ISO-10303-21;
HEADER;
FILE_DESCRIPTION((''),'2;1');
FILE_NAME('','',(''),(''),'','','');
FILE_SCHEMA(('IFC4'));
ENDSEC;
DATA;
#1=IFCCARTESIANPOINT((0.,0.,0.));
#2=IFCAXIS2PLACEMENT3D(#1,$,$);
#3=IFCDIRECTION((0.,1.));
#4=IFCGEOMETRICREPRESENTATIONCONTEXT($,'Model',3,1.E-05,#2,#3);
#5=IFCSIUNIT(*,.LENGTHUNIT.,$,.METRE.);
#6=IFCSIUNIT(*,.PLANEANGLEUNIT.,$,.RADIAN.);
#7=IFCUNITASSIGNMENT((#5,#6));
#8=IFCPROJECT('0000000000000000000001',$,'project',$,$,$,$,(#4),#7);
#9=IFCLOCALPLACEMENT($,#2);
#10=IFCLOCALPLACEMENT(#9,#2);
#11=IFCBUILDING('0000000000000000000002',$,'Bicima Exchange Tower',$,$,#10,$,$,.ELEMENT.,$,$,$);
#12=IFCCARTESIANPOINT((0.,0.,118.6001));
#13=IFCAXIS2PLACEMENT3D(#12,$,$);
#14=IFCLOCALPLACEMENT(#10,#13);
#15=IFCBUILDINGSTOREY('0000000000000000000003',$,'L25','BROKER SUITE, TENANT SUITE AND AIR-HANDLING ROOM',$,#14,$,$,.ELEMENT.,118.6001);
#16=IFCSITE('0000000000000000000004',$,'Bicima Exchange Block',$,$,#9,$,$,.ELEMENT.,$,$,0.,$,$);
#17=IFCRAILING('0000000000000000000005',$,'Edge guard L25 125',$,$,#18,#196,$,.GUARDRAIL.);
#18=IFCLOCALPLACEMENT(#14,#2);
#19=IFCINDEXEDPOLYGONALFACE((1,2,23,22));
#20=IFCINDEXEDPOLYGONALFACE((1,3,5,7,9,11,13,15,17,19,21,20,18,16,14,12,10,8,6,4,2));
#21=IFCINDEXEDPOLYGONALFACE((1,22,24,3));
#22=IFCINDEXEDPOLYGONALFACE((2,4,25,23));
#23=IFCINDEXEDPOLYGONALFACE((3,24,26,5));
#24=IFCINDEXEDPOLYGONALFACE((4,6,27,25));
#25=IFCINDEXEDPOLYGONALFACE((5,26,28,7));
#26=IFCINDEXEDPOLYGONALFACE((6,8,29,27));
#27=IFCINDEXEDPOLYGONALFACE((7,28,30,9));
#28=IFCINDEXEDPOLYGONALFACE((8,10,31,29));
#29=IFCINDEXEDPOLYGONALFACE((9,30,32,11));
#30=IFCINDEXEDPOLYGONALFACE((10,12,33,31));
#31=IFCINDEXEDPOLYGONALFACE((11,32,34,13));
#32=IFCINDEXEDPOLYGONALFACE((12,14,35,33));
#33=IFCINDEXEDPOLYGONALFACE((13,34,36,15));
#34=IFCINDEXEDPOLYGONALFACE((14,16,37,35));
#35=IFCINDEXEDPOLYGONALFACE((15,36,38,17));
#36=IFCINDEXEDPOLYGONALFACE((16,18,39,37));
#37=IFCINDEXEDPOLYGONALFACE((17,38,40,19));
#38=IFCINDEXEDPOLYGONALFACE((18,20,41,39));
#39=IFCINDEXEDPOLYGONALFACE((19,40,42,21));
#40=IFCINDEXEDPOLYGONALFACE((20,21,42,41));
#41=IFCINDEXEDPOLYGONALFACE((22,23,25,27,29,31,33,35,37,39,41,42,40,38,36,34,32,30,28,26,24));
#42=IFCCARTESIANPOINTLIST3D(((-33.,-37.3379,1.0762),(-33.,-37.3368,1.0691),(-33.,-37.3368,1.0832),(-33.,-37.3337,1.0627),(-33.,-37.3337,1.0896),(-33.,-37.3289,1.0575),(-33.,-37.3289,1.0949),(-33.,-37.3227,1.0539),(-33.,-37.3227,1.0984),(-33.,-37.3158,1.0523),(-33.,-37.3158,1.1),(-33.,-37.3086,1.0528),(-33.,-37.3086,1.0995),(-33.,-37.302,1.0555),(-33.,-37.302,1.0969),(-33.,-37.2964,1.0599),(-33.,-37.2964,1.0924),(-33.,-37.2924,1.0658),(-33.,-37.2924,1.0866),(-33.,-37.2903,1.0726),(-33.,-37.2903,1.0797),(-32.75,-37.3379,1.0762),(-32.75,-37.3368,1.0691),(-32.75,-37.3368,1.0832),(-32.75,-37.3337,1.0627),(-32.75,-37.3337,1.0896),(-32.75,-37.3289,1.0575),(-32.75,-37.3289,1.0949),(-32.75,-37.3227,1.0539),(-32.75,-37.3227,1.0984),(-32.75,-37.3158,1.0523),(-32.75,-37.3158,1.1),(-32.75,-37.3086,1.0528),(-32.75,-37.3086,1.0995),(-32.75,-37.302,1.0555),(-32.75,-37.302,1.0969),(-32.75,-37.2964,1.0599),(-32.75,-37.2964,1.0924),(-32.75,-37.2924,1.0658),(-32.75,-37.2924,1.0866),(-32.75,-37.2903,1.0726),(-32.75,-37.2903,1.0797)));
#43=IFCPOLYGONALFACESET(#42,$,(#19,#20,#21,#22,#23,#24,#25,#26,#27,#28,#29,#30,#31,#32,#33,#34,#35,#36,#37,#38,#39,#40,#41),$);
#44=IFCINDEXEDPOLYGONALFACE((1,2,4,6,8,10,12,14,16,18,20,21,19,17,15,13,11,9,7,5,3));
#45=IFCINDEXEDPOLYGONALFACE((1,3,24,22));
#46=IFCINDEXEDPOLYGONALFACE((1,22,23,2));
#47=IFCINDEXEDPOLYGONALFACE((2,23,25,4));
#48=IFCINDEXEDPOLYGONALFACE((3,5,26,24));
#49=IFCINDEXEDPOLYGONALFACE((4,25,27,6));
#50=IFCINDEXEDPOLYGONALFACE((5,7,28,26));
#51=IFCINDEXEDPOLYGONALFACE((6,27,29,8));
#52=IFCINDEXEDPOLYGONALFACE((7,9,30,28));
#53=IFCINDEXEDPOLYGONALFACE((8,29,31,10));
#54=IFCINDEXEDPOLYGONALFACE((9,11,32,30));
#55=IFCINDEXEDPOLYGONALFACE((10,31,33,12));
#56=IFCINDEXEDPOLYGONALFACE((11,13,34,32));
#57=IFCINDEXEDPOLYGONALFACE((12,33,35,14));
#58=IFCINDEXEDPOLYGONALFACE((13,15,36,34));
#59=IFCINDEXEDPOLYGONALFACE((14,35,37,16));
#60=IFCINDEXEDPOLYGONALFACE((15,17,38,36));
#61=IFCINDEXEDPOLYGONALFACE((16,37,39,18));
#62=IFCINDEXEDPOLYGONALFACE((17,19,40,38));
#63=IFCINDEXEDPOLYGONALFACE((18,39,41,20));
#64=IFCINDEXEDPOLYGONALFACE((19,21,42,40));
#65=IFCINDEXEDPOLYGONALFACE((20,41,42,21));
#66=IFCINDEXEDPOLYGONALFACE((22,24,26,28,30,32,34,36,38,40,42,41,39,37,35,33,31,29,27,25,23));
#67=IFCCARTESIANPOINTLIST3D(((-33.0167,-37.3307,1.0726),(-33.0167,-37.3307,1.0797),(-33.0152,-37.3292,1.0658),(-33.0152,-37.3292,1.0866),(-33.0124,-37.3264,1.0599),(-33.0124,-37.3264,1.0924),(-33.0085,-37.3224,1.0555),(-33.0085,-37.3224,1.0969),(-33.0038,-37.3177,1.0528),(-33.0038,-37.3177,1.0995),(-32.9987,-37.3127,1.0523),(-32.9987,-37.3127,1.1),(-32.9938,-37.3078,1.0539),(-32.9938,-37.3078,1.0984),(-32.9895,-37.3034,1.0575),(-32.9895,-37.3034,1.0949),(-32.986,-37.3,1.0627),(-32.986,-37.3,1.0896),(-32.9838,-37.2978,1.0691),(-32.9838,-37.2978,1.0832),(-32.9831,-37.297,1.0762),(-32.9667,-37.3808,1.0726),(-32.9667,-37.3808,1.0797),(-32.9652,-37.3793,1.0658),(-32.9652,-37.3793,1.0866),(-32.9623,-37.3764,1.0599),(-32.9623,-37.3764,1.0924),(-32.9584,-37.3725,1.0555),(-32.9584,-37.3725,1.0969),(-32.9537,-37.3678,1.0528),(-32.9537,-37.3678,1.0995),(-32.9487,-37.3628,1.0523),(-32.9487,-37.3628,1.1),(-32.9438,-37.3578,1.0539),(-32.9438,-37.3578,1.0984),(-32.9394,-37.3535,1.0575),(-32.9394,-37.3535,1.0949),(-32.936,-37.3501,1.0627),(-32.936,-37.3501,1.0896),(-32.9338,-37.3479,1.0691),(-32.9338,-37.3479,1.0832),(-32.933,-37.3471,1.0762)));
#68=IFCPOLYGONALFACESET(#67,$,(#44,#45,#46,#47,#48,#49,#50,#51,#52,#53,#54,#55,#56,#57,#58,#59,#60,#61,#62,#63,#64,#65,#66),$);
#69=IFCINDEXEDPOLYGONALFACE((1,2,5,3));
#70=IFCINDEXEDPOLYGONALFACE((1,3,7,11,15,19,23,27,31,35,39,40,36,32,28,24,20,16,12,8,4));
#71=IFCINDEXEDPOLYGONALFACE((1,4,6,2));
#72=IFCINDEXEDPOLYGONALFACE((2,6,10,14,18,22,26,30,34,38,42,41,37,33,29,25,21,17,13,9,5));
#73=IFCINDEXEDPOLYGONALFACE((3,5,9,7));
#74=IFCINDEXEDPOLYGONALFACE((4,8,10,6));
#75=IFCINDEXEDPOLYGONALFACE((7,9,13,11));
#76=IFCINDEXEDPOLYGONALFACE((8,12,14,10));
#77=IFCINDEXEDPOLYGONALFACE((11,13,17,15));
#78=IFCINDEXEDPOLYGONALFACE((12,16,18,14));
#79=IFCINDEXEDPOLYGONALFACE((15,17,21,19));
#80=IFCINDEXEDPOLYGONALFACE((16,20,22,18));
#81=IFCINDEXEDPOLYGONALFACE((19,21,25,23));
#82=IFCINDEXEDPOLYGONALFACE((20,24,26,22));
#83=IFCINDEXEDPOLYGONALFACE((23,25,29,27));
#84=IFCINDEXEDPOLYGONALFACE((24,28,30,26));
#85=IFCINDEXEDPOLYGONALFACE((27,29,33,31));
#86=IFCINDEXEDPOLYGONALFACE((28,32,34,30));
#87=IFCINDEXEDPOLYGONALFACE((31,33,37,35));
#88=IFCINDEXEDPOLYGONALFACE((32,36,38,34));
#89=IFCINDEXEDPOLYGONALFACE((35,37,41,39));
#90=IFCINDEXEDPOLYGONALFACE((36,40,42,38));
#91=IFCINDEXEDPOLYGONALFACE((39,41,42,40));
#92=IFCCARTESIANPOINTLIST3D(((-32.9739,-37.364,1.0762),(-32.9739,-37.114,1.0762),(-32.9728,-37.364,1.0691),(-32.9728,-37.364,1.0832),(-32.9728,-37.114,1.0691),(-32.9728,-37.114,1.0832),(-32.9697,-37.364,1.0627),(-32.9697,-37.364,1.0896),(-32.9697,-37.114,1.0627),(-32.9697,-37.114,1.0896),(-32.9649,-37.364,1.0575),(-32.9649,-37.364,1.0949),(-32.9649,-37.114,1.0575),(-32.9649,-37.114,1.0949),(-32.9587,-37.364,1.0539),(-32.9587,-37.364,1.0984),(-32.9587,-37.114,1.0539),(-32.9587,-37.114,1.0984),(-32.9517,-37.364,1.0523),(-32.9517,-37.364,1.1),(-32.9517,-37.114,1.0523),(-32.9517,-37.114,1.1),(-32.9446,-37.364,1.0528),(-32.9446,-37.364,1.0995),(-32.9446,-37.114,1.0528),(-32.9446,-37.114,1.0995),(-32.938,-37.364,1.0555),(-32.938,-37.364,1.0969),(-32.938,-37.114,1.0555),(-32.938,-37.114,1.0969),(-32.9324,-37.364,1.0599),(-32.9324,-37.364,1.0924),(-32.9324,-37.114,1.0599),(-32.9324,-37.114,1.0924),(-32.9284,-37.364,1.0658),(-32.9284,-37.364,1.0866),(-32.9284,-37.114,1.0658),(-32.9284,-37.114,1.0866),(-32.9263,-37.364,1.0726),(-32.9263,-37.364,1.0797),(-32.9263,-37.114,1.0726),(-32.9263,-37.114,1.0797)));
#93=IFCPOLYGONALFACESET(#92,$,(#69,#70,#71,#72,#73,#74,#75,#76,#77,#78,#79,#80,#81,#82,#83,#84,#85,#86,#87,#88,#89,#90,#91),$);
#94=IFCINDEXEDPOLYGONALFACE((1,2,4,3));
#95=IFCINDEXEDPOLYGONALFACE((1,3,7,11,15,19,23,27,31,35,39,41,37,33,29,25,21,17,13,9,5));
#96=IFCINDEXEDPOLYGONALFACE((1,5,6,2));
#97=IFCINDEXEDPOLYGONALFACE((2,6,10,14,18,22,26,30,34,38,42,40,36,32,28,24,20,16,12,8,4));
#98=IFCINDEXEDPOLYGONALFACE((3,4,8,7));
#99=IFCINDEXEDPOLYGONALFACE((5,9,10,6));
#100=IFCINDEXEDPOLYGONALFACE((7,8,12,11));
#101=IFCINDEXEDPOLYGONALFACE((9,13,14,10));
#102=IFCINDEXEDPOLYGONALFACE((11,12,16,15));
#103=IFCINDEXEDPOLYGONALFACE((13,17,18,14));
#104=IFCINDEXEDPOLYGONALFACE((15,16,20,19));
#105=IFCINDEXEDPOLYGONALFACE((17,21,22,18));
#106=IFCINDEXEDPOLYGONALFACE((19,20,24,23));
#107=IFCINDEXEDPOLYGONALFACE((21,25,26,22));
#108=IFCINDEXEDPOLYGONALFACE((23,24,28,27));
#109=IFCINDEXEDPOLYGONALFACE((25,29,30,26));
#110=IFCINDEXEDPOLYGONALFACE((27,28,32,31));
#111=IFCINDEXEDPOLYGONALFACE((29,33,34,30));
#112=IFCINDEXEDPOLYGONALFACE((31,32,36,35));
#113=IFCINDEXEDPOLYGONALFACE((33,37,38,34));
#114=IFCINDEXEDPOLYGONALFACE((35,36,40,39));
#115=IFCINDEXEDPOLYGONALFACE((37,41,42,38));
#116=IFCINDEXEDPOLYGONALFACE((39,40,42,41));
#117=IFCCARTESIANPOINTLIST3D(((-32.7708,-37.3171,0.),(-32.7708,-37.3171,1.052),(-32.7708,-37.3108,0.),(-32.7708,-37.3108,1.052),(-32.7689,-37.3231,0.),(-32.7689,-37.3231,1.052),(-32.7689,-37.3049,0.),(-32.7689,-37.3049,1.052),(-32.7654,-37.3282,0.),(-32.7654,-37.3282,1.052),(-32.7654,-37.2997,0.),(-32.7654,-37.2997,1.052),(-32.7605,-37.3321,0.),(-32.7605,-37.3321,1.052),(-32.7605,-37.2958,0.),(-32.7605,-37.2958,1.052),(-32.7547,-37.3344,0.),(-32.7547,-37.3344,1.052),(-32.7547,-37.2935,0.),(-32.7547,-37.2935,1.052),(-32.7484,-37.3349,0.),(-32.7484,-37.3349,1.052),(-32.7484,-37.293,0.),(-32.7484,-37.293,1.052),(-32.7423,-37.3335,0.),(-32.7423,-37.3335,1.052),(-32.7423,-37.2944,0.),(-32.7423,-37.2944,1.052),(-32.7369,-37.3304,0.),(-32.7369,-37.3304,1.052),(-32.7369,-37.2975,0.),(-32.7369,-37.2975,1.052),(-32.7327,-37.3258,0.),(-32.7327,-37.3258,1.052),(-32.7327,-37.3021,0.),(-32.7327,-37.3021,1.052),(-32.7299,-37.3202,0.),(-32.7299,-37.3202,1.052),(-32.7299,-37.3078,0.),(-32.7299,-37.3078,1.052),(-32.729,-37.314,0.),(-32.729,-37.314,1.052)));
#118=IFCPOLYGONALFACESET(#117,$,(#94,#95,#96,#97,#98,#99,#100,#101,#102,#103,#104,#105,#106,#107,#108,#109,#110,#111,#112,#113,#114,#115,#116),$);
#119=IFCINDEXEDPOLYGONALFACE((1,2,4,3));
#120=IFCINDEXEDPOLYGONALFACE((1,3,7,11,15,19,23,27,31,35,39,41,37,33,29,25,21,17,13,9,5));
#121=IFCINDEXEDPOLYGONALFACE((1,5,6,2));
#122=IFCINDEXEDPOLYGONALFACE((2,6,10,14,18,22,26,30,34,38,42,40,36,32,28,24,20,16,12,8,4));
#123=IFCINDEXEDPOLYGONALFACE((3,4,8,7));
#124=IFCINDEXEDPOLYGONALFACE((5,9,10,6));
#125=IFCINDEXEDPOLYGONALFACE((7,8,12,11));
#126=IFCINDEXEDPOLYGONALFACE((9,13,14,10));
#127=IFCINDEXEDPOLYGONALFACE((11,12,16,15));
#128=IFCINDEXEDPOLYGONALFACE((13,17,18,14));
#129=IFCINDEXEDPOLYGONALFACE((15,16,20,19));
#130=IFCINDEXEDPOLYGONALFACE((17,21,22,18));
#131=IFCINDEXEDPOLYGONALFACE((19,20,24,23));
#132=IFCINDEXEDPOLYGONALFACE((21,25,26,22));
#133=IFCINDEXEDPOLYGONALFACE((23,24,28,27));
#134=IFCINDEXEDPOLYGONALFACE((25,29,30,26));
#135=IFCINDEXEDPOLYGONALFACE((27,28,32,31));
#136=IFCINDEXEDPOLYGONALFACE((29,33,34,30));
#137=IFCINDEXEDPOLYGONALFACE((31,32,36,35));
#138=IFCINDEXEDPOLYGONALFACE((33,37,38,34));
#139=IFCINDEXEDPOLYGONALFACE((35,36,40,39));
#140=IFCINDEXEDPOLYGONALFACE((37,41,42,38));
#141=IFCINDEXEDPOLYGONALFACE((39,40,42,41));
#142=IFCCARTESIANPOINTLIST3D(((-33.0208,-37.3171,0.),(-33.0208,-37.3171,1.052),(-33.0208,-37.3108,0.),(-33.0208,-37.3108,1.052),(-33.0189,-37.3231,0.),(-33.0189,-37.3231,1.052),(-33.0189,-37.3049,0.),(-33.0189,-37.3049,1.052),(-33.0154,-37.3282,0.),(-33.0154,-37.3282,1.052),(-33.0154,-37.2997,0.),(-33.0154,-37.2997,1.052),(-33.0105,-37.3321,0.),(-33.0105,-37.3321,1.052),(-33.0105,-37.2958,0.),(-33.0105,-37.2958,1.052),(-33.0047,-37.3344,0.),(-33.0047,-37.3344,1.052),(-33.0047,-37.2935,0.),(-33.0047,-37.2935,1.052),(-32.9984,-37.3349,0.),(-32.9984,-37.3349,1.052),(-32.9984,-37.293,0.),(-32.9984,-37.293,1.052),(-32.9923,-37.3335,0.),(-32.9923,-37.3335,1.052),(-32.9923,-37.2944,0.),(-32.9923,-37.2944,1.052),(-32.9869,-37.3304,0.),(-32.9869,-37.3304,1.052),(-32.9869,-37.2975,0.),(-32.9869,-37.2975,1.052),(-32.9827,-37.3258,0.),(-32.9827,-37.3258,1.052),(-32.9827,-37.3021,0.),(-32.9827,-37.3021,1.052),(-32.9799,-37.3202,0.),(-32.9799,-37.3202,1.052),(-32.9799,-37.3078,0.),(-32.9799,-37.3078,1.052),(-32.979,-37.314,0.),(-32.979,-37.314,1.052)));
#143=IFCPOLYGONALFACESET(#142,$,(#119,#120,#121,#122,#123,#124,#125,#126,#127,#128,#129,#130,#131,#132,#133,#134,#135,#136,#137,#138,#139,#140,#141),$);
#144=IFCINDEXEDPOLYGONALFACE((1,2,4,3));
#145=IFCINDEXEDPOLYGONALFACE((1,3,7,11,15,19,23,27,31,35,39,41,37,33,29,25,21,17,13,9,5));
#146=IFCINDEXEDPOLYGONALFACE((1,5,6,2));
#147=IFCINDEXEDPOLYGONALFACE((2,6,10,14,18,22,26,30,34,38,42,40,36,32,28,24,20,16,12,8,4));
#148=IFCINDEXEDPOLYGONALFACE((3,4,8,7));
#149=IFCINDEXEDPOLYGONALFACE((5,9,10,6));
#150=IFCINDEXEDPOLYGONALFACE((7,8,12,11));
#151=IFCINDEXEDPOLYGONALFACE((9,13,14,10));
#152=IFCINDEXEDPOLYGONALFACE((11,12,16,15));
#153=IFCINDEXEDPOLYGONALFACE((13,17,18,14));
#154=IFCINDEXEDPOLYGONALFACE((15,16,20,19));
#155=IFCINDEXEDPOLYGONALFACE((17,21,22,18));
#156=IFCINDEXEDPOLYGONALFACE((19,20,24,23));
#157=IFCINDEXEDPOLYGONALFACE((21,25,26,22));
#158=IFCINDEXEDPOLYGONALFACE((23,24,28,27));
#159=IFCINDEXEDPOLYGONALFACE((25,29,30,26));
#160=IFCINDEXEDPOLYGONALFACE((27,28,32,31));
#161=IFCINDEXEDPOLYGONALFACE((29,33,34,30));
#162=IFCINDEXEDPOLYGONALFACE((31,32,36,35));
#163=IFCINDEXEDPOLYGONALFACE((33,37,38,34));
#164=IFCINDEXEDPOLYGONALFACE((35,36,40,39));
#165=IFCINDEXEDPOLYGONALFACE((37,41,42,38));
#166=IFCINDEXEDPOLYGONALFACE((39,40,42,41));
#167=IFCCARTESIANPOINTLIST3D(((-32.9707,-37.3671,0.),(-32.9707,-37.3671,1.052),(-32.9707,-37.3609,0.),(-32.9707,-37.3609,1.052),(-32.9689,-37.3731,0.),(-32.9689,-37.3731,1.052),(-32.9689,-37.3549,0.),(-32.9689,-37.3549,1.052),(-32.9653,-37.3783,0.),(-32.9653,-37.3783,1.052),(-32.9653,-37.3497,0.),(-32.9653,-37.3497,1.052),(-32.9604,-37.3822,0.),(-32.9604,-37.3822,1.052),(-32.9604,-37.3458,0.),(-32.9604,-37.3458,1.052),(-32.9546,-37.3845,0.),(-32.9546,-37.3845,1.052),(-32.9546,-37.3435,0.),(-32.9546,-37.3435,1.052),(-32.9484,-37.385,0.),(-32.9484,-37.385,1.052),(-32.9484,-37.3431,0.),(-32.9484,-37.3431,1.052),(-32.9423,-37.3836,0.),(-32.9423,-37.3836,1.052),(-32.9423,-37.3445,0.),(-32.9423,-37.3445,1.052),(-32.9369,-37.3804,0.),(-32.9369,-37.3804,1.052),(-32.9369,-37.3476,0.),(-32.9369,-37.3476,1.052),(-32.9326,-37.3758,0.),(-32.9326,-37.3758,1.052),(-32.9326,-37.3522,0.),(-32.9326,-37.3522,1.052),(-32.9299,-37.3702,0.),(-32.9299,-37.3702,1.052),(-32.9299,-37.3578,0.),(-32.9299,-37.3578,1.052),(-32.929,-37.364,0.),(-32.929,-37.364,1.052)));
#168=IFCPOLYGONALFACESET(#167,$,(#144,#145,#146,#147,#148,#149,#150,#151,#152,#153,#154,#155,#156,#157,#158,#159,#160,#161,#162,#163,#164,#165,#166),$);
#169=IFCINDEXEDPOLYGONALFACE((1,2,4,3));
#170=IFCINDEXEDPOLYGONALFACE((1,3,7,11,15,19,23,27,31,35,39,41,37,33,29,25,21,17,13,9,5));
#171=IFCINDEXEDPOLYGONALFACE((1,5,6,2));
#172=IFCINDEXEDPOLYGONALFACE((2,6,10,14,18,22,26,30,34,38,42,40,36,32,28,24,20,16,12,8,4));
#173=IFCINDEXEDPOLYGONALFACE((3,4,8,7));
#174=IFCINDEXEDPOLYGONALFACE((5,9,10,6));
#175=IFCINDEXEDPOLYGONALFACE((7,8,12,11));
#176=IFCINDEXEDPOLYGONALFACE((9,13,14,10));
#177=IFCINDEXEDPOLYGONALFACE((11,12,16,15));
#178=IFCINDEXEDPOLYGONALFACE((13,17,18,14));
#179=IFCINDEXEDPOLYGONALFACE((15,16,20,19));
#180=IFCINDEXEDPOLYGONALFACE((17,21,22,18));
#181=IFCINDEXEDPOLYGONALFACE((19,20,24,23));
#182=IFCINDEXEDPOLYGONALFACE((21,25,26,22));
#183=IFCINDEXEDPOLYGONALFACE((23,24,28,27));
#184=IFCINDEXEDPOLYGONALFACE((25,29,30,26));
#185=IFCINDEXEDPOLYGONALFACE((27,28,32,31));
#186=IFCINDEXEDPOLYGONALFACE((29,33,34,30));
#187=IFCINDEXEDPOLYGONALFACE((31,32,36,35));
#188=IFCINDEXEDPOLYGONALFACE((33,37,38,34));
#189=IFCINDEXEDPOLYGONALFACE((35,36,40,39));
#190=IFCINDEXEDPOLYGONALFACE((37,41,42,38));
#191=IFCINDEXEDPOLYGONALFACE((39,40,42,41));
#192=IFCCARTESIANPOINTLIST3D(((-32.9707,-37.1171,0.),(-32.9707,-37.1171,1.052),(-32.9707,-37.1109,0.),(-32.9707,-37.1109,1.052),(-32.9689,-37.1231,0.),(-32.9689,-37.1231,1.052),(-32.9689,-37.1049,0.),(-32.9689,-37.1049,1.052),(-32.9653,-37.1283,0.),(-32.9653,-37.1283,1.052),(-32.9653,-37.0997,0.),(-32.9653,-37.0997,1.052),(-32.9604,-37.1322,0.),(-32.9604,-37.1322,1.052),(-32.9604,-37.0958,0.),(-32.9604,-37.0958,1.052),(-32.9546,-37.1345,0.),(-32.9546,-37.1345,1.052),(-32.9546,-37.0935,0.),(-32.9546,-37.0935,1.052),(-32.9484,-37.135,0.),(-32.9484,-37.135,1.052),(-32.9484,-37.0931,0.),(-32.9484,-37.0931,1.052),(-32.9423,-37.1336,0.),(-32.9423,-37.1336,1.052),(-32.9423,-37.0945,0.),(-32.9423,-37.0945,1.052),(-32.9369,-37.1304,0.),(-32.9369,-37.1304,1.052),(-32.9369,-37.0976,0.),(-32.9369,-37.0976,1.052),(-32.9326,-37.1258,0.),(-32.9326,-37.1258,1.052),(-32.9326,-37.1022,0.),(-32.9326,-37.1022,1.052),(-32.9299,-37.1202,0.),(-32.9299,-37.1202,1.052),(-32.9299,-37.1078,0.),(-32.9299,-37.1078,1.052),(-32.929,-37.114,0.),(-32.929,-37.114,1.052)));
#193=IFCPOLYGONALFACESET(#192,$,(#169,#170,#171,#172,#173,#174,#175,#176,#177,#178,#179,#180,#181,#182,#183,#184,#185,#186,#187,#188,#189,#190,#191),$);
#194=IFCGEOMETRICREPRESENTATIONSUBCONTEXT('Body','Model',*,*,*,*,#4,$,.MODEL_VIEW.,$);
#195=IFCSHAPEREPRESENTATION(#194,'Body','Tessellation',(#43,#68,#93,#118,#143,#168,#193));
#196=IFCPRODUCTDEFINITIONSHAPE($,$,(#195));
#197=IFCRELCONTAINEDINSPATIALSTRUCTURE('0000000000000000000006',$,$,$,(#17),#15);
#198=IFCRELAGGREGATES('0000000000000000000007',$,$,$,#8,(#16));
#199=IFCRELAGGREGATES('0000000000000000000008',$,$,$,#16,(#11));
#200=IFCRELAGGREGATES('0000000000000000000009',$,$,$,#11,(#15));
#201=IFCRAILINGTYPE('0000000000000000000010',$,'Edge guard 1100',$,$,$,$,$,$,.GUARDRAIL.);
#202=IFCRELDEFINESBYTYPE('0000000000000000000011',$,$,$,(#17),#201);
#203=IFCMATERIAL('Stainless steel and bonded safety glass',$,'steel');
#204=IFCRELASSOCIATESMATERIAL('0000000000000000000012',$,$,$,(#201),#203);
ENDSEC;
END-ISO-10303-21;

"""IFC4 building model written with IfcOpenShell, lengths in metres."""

from ifc_helpers import new_model, si_unit, direction, frame, origin, origin_2d, place, context, subcontext, project, spatial, circle, extrude, material, type_object, element, save


model = new_model("IFC4")

# Units and contexts
model_context = context("Model", 3, precision=1e-05, world=origin(), true_north=direction((0.0, 1.0)))
body_context = subcontext(model_context, "Body", "Model", "MODEL_VIEW")
ifc_project = project(units=[si_unit("LENGTHUNIT", "METRE"), si_unit("PLANEANGLEUNIT", "RADIAN")], contexts=[model_context])

# Site, building, storey
site_placement = place(None, origin())
site = spatial("IfcSite", under=ifc_project, at=site_placement, Name="Bicima Exchange Block", CompositionType="ELEMENT", RefElevation=0.0)
building_placement = place(site_placement, origin())
building = spatial("IfcBuilding", under=site, at=building_placement, Name="Bicima Exchange Tower", CompositionType="ELEMENT")
storey_placement = place(building_placement, frame((0.0, 0.0, 118.6001)))
storey = spatial("IfcBuildingStorey", under=building, at=storey_placement, Name="L25", Description="BROKER SUITE, TENANT SUITE AND AIR-HANDLING ROOM", CompositionType="ELEMENT", Elevation=118.6001)

# Railing
ifc_material_1 = material(Name="Stainless steel and bonded safety glass", Category="steel")
railing_type = type_object("IfcRailingType", Name="Edge guard 1100", PredefinedType="GUARDRAIL", material=ifc_material_1)
railing_1_placement = place(storey_placement, frame((-32.75, -37.314, 0.0)))
element("IfcRailing", 1, at=railing_1_placement, inside=storey, type_object=railing_type, Name="Edge guard L25 125", PredefinedType="GUARDRAIL", context=body_context, shape_type="SweptSolid", body=[
    extrude(circle(Radius=0.0239, at=origin_2d()), frame((0.0, 0.0, 1.0762), z_axis=(-1.0, 0.0, 0.0), x_axis=(0.0, -1.0, 0.0)), (0.0, 0.0, 1.0), 0.25),
    extrude(circle(Radius=0.0239, at=origin_2d()), frame((-0.25, 0.0, 1.0762), z_axis=(0.707107, -0.707107, 0.0), x_axis=(0.707107, 0.707107, 0.0)), (0.0, 0.0, 1.0), 0.0708),
    extrude(circle(Radius=0.0239, at=origin_2d()), frame((-0.2, -0.05, 1.0762), z_axis=(0.0, 1.0, 0.0), x_axis=(-1.0, 0.0, 0.0)), (0.0, 0.0, 1.0), 0.25),
    extrude(circle(Radius=0.021, at=origin_2d()), origin(), (0.0, 0.0, 1.0), 1.052),
    extrude(circle(Radius=0.021, at=origin_2d()), frame((-0.25, 0.0, 0.0)), (0.0, 0.0, 1.0), 1.052),
    extrude(circle(Radius=0.021, at=origin_2d()), frame((-0.2, -0.05, 0.0)), (0.0, 0.0, 1.0), 1.052),
    extrude(circle(Radius=0.021, at=origin_2d()), frame((-0.2, 0.2, 0.0)), (0.0, 0.0, 1.0), 1.052),
])

save(model, "model.ifc")
